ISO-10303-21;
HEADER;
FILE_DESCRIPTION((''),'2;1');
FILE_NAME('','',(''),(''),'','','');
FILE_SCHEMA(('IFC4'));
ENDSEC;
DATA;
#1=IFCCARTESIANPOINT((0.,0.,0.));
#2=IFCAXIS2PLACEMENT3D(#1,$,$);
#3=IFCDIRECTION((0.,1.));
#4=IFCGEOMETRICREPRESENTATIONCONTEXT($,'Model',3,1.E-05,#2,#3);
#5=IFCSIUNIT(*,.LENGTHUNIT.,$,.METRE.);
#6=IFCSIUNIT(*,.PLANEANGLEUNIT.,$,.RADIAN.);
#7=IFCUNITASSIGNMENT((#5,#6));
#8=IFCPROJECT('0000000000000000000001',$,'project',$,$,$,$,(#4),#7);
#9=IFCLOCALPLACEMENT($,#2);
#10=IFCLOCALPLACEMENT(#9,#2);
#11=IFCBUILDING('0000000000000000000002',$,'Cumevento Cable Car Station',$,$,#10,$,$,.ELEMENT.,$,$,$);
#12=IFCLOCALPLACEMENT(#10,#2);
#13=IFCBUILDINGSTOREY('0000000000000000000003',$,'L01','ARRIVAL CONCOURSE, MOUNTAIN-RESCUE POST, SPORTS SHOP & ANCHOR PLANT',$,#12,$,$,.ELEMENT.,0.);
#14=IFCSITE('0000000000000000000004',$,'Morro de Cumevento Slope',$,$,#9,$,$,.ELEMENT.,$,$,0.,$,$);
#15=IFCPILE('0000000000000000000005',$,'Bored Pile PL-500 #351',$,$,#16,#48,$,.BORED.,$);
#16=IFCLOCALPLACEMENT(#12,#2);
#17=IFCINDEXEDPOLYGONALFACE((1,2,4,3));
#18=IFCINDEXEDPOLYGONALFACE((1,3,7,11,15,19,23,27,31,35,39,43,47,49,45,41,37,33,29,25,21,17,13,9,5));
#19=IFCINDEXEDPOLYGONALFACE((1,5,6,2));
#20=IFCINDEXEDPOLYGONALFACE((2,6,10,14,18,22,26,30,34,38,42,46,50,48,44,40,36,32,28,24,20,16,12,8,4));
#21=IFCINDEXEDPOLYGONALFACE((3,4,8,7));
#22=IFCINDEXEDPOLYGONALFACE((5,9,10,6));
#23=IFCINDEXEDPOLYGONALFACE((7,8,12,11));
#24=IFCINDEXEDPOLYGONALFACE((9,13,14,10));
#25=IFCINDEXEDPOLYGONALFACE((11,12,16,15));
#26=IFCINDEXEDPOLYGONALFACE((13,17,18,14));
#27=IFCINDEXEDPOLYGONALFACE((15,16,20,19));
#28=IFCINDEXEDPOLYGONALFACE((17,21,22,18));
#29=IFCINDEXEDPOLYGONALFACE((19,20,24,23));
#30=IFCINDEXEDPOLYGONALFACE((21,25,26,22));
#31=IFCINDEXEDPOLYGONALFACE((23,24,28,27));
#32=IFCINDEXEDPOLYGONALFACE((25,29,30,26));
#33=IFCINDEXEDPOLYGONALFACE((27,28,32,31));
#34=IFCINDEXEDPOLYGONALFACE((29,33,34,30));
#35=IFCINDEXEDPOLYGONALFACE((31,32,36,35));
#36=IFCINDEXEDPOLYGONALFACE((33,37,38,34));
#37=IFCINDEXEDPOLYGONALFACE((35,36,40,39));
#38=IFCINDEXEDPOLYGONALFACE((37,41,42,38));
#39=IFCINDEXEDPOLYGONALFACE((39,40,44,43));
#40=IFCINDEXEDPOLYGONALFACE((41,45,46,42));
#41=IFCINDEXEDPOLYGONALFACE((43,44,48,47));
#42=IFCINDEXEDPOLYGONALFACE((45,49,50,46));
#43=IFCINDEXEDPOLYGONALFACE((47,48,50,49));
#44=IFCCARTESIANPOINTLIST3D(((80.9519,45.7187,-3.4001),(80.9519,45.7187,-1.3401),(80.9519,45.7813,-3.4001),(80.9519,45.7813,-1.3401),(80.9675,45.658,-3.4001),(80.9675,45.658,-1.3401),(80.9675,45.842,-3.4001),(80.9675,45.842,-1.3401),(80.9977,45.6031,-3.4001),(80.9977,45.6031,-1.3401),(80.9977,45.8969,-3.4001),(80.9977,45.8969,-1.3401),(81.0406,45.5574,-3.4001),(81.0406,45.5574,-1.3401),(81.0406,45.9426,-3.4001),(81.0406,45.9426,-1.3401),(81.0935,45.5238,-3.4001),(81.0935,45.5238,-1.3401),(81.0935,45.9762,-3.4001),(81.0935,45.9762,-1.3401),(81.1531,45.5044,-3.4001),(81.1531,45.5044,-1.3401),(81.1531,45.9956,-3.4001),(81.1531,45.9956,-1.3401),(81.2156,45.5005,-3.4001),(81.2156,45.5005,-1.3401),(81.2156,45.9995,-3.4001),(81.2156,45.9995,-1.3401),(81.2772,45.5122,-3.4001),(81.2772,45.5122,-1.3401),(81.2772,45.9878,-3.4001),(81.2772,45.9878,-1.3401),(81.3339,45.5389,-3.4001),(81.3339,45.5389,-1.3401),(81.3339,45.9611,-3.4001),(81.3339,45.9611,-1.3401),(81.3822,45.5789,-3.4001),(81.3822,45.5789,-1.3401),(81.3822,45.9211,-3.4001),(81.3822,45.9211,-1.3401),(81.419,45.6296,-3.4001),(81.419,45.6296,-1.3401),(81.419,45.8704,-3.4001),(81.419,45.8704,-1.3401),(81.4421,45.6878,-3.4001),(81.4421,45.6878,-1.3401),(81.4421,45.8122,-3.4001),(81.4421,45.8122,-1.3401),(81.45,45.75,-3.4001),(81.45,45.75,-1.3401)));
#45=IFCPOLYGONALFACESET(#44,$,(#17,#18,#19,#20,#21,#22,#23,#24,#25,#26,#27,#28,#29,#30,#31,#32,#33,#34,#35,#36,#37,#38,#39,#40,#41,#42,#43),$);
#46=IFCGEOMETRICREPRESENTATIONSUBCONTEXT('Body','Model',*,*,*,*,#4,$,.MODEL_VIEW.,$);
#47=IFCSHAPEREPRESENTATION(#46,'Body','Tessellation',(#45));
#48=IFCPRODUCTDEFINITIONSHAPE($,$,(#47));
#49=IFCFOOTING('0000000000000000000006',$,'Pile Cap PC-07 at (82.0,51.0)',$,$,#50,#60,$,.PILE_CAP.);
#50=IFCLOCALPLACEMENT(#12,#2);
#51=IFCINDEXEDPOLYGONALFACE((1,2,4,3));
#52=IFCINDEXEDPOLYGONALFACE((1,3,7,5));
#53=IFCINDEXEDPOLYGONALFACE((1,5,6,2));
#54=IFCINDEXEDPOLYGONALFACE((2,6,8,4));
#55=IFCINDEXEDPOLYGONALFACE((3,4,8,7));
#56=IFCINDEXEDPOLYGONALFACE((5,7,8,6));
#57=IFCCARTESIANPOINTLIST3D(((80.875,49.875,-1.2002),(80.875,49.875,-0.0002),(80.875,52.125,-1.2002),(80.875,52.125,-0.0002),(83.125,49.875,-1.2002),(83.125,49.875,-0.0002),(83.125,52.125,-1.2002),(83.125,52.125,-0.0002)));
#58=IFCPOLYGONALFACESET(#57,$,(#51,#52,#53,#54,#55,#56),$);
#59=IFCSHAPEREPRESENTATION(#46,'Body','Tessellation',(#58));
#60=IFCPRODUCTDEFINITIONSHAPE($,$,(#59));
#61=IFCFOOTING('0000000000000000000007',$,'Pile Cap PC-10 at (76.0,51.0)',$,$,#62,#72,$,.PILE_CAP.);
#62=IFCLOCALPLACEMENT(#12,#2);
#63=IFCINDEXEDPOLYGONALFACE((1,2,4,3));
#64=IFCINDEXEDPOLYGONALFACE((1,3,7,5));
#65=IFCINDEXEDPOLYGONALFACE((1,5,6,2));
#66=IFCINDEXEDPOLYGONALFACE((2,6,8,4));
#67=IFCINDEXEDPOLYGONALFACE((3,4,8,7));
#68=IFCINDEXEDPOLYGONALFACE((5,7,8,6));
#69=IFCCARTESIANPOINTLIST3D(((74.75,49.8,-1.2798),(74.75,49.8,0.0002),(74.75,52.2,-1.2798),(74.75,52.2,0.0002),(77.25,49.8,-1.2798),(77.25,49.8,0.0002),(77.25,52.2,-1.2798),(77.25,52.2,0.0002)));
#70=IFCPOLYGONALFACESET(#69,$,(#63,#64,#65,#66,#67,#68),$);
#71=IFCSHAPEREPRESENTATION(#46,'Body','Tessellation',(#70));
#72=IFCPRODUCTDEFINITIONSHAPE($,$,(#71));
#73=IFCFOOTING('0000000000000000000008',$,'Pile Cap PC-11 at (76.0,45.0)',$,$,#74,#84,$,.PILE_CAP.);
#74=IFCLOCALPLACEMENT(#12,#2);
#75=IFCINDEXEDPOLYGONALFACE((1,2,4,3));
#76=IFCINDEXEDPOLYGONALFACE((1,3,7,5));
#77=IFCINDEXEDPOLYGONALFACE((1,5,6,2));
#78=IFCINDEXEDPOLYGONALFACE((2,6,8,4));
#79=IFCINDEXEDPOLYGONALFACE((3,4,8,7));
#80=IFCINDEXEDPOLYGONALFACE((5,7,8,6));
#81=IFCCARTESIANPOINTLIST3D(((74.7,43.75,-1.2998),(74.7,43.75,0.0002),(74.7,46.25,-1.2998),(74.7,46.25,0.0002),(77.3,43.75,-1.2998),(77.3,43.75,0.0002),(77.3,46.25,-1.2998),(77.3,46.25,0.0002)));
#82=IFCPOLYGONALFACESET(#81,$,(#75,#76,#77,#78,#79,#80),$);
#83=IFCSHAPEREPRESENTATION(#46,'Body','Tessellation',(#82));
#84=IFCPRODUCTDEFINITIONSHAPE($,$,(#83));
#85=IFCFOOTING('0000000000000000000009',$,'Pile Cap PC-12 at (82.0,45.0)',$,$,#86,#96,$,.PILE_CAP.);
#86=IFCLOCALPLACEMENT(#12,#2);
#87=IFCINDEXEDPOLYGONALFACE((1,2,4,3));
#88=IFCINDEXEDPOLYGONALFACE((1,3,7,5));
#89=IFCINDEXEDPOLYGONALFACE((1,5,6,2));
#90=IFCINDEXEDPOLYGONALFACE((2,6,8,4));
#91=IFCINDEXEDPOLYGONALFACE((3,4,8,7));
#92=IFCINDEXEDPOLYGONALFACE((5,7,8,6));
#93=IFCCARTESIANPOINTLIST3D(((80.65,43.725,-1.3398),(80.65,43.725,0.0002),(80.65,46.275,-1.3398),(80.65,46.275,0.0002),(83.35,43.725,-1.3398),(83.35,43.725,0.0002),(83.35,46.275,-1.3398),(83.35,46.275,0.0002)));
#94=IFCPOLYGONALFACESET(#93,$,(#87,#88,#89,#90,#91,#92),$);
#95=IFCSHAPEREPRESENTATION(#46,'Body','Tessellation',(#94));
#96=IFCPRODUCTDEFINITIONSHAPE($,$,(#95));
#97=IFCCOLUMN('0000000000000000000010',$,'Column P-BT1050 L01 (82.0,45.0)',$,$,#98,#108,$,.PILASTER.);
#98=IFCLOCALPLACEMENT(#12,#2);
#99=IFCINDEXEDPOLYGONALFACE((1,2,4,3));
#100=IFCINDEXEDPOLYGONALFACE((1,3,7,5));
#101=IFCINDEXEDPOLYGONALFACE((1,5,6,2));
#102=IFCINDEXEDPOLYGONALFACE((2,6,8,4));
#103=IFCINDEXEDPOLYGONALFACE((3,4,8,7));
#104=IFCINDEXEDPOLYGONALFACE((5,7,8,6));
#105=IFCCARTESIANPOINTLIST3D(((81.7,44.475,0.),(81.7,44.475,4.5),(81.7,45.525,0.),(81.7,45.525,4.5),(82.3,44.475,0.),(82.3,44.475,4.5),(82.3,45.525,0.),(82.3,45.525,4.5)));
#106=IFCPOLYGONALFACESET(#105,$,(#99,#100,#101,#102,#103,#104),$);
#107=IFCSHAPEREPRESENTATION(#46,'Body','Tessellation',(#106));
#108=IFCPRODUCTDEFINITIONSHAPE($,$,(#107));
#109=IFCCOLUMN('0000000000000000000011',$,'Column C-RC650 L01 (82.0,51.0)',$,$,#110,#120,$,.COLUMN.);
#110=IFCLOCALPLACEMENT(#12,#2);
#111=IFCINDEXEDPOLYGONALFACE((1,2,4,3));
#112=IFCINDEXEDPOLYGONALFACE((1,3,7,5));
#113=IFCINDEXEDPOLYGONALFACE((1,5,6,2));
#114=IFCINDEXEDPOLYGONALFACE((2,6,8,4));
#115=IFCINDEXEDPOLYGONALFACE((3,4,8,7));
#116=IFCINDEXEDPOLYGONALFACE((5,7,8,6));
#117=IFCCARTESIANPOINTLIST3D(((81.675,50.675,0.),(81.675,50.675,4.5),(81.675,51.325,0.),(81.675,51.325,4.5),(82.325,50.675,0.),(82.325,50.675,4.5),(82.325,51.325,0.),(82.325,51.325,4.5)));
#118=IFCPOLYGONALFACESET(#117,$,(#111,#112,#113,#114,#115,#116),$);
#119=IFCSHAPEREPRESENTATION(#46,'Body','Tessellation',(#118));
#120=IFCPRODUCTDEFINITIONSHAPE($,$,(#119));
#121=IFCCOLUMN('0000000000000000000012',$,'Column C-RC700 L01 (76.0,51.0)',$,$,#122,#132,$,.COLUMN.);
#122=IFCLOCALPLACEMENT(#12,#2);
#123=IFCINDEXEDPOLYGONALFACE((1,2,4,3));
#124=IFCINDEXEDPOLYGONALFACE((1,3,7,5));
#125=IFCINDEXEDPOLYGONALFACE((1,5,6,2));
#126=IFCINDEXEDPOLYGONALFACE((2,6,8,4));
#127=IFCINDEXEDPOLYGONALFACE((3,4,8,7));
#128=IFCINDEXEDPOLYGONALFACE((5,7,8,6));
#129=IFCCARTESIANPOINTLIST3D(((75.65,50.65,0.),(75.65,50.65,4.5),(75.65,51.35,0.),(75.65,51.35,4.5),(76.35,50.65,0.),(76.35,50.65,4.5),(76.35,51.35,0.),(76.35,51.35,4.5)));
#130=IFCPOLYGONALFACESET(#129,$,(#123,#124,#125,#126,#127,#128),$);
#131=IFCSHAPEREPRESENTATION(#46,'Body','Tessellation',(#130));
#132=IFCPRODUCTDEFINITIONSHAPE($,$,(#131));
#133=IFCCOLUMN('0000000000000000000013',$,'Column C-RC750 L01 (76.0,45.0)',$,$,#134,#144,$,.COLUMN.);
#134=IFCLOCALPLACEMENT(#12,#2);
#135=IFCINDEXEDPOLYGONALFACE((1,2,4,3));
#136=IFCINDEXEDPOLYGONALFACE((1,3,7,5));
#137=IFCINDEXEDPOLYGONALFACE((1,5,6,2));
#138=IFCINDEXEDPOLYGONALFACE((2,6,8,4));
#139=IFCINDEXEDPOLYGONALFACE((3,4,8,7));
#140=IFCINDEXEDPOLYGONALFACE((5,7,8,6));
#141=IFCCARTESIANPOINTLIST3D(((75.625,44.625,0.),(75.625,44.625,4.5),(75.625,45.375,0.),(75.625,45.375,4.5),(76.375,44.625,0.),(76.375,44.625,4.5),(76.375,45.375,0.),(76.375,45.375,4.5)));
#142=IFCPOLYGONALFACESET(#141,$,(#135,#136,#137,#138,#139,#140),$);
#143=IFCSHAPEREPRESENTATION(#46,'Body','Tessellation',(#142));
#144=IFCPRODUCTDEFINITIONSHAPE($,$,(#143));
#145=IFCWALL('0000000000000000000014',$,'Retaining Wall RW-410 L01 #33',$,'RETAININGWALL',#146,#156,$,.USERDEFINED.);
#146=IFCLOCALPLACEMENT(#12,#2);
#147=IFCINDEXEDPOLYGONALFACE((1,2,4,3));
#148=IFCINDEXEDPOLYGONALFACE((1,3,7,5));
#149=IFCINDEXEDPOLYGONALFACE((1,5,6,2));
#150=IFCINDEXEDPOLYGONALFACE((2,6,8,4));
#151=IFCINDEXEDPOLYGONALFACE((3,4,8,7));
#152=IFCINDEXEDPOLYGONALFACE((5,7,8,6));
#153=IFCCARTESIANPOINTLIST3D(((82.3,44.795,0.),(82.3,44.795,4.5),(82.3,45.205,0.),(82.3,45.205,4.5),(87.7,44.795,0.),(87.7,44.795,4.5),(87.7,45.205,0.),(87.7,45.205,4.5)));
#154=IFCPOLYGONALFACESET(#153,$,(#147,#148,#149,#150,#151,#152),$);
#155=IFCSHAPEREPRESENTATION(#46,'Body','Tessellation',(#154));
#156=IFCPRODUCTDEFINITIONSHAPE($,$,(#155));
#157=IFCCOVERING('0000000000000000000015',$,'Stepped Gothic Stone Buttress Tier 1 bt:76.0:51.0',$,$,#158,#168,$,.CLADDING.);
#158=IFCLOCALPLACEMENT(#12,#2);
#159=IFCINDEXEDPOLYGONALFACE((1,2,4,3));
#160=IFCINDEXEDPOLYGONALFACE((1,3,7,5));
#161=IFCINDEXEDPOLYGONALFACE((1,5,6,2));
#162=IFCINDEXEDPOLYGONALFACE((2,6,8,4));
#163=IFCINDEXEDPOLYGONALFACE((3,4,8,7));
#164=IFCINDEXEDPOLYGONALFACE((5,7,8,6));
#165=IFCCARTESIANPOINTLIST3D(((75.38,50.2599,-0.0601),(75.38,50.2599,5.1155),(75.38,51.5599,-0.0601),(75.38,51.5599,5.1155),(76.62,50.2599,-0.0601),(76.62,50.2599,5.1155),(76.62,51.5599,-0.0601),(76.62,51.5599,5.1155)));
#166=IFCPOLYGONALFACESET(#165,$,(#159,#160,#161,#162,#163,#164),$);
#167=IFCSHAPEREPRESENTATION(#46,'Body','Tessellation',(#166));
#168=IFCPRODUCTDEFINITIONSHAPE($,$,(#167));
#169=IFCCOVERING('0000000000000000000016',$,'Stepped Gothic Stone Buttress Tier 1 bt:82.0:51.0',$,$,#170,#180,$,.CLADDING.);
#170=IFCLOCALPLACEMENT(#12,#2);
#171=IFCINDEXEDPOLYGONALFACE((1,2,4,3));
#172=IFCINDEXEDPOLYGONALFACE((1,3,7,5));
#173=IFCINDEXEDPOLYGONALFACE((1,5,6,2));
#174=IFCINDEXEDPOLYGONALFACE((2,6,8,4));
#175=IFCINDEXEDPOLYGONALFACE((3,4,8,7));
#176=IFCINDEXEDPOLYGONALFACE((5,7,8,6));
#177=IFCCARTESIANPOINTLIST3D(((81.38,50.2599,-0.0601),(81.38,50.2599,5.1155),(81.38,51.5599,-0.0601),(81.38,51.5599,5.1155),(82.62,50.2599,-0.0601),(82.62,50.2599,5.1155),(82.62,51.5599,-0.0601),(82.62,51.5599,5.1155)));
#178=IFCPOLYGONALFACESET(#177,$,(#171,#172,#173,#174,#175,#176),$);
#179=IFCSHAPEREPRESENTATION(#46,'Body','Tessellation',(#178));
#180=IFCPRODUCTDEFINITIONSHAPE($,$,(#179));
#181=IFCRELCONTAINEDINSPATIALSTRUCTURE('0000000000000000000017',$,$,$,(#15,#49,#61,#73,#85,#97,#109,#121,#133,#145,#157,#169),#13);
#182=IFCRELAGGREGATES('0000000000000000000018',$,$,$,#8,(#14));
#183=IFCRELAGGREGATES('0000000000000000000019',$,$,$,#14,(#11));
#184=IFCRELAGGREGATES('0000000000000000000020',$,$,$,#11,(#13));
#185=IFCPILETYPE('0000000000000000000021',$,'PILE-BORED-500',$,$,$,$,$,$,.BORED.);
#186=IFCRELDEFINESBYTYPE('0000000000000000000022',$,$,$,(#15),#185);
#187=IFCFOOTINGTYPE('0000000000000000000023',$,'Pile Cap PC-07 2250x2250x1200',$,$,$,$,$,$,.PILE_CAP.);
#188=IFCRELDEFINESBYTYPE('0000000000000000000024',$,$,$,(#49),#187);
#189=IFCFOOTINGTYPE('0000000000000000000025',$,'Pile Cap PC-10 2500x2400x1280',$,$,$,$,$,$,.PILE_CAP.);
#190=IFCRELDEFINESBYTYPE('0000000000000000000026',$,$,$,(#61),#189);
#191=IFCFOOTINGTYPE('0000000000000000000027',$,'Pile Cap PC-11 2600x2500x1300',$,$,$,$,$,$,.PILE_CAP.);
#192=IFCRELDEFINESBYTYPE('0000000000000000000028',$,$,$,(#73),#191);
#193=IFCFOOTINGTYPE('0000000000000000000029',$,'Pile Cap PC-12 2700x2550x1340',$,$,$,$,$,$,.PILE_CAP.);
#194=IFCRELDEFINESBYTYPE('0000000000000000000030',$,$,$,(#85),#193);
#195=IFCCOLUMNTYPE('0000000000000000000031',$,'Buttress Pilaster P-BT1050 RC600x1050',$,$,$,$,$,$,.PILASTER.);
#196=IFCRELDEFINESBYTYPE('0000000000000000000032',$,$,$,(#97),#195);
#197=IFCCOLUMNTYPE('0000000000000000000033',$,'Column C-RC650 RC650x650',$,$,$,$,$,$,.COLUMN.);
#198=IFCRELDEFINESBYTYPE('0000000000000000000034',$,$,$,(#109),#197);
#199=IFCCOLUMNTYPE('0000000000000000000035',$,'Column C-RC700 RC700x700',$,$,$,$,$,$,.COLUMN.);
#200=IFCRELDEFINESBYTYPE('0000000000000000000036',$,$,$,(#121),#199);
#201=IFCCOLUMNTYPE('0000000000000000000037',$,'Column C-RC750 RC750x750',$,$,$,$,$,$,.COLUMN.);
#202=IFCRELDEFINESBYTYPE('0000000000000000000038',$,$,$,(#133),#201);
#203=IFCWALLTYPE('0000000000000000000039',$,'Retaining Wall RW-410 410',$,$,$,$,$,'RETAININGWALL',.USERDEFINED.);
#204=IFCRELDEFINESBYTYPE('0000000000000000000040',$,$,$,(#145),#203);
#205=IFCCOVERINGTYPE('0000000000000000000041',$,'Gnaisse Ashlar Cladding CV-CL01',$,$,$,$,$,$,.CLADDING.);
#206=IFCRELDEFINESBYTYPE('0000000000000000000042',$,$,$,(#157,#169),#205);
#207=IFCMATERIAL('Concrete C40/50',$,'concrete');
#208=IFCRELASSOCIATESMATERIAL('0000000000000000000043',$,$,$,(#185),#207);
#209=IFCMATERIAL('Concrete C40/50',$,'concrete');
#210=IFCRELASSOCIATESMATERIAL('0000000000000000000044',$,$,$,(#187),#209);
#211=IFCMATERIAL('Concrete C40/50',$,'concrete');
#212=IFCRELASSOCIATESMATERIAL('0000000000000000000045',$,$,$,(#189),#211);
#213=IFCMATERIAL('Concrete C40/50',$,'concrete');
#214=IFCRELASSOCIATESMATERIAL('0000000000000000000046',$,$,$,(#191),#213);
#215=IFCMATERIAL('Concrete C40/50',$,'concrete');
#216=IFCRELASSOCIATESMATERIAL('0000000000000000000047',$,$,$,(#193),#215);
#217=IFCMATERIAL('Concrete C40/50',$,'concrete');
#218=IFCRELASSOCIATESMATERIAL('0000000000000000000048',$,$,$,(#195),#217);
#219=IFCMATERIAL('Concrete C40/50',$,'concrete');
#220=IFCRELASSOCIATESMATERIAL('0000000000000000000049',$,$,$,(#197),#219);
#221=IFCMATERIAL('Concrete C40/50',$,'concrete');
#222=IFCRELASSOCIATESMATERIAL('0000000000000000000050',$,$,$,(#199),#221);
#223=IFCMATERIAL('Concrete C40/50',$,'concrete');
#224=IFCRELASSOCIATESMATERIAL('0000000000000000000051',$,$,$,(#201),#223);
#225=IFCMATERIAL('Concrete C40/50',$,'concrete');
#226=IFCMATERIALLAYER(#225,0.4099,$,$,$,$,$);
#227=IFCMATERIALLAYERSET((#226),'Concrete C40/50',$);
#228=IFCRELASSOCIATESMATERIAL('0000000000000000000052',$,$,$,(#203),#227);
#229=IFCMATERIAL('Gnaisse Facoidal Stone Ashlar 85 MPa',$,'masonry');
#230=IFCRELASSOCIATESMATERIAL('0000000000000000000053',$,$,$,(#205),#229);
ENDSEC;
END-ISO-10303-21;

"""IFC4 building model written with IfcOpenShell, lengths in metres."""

from ifc_helpers import new_model, si_unit, direction, frame, frame_2d, origin, origin_2d, place, context, subcontext, project, spatial, rectangle, circle, extrude, material, layer, layer_set, material_profile, profile_set, type_object, element, save


model = new_model("IFC4")

# Units and contexts
model_context = context("Model", 3, precision=1e-05, world=origin(), true_north=direction((0.0, 1.0)))
body_context = subcontext(model_context, "Body", "Model", "MODEL_VIEW")
ifc_project = project(units=[si_unit("LENGTHUNIT", "METRE"), si_unit("PLANEANGLEUNIT", "RADIAN")], contexts=[model_context])

# Site, building, storey
site_placement = place(None, origin())
site = spatial("IfcSite", under=ifc_project, at=site_placement, Name="Morro de Cumevento Slope", CompositionType="ELEMENT", RefElevation=0.0)
building_placement = place(site_placement, origin())
building = spatial("IfcBuilding", under=site, at=building_placement, Name="Cumevento Cable Car Station", CompositionType="ELEMENT")
storey_placement = place(building_placement, origin())
storey = spatial("IfcBuildingStorey", under=building, at=storey_placement, Name="L01", Description="ARRIVAL CONCOURSE, MOUNTAIN-RESCUE POST, SPORTS SHOP & ANCHOR PLANT", CompositionType="ELEMENT", Elevation=0.0)

# Pile
ifc_material_1 = material(Name="Concrete C40/50", Category="concrete")
ifc_material_profile_1 = material_profile(ifc_material_1, circle(Radius=0.25, at=origin_2d()), Name="PILE-D500")
ifc_profile_set_1 = profile_set([ifc_material_profile_1], Name="Concrete C40/50")
pile_type_1 = type_object("IfcPileType", Name="PILE-BORED-500", PredefinedType="BORED", material=ifc_profile_set_1)
pile_placement = place(storey_placement, frame((81.2, 45.75, -1.3401), z_axis=(0.0, 0.0, -1.0), x_axis=(1.0, 0.0, 0.0)))
element("IfcPile", 1, at=pile_placement, inside=storey, type_object=pile_type_1, Name="Bored Pile PL-500 #351", PredefinedType="BORED", context=body_context, shape_type="SweptSolid", body=[
    extrude(circle(Radius=0.25, at=origin_2d()), origin(), (0.0, 0.0, 1.0), 2.0601),
])

# Footings
ifc_material_2 = material(Name="Concrete C40/50", Category="concrete")
footing_type_1 = type_object("IfcFootingType", Name="Pile Cap PC-07 2250x2250x1200", PredefinedType="PILE_CAP", material=ifc_material_2)
footing_1_placement = place(storey_placement, frame((82.0, 51.0, -1.2002), z_axis=(0.0, 0.0, 1.0), x_axis=(1.0, 0.0, 0.0)))
element("IfcFooting", 2, at=footing_1_placement, inside=storey, type_object=footing_type_1, Name="Pile Cap PC-07 at (82.0,51.0)", PredefinedType="PILE_CAP", context=body_context, shape_type="SweptSolid", body=[
    extrude(rectangle(XDim=2.25, YDim=2.25, at=origin_2d()), origin(), (0.0, 0.0, 1.0), 1.2),
])
ifc_material_3 = material(Name="Concrete C40/50", Category="concrete")
footing_type_2 = type_object("IfcFootingType", Name="Pile Cap PC-10 2500x2400x1280", PredefinedType="PILE_CAP", material=ifc_material_3)
footing_2_placement = place(storey_placement, frame((76.0, 51.0, -1.2798), z_axis=(0.0, 0.0, 1.0), x_axis=(1.0, 0.0, 0.0)))
element("IfcFooting", 3, at=footing_2_placement, inside=storey, type_object=footing_type_2, Name="Pile Cap PC-10 at (76.0,51.0)", PredefinedType="PILE_CAP", context=body_context, shape_type="SweptSolid", body=[
    extrude(rectangle(XDim=2.5, YDim=2.3999, at=origin_2d()), origin(), (0.0, 0.0, 1.0), 1.28),
])
ifc_material_4 = material(Name="Concrete C40/50", Category="concrete")
footing_type_3 = type_object("IfcFootingType", Name="Pile Cap PC-11 2600x2500x1300", PredefinedType="PILE_CAP", material=ifc_material_4)
footing_3_placement = place(storey_placement, frame((76.0, 45.0, -1.2998), z_axis=(0.0, 0.0, 1.0), x_axis=(1.0, 0.0, 0.0)))
element("IfcFooting", 4, at=footing_3_placement, inside=storey, type_object=footing_type_3, Name="Pile Cap PC-11 at (76.0,45.0)", PredefinedType="PILE_CAP", context=body_context, shape_type="SweptSolid", body=[
    extrude(rectangle(XDim=2.6001, YDim=2.5, at=origin_2d()), origin(), (0.0, 0.0, 1.0), 1.3),
])
ifc_material_5 = material(Name="Concrete C40/50", Category="concrete")
footing_type_4 = type_object("IfcFootingType", Name="Pile Cap PC-12 2700x2550x1340", PredefinedType="PILE_CAP", material=ifc_material_5)
footing_4_placement = place(storey_placement, frame((82.0, 45.0, -1.3398), z_axis=(0.0, 0.0, 1.0), x_axis=(1.0, 0.0, 0.0)))
element("IfcFooting", 5, at=footing_4_placement, inside=storey, type_object=footing_type_4, Name="Pile Cap PC-12 at (82.0,45.0)", PredefinedType="PILE_CAP", context=body_context, shape_type="SweptSolid", body=[
    extrude(rectangle(XDim=2.7, YDim=2.55, at=origin_2d()), origin(), (0.0, 0.0, 1.0), 1.3401),
])

# Columns
ifc_material_6 = material(Name="Concrete C40/50", Category="concrete")
ifc_material_profile_2 = material_profile(ifc_material_6, rectangle(XDim=0.6001, YDim=1.05, at=origin_2d()), Name="RC600x1050")
ifc_profile_set_2 = profile_set([ifc_material_profile_2], Name="Concrete C40/50")
column_type_1 = type_object("IfcColumnType", Name="Buttress Pilaster P-BT1050 RC600x1050", PredefinedType="PILASTER", material=ifc_profile_set_2)
column_1_placement = place(storey_placement, frame((82.0, 45.0, 0.0), z_axis=(0.0, 0.0, 1.0), x_axis=(1.0, 0.0, 0.0)))
element("IfcColumn", 6, at=column_1_placement, inside=storey, type_object=column_type_1, Name="Column P-BT1050 L01 (82.0,45.0)", PredefinedType="PILASTER", context=body_context, shape_type="SweptSolid", body=[
    extrude(rectangle(XDim=0.6001, YDim=1.05, at=origin_2d()), origin(), (0.0, 0.0, 1.0), 4.5),
])
ifc_material_7 = material(Name="Concrete C40/50", Category="concrete")
ifc_material_profile_3 = material_profile(ifc_material_7, rectangle(XDim=0.6499, YDim=0.6499, at=origin_2d()), Name="RC650x650")
ifc_profile_set_3 = profile_set([ifc_material_profile_3], Name="Concrete C40/50")
column_type_2 = type_object("IfcColumnType", Name="Column C-RC650 RC650x650", PredefinedType="COLUMN", material=ifc_profile_set_3)
column_2_placement = place(storey_placement, frame((82.0, 51.0, 0.0), z_axis=(0.0, 0.0, 1.0), x_axis=(1.0, 0.0, 0.0)))
element("IfcColumn", 7, at=column_2_placement, inside=storey, type_object=column_type_2, Name="Column C-RC650 L01 (82.0,51.0)", PredefinedType="COLUMN", context=body_context, shape_type="SweptSolid", body=[
    extrude(rectangle(XDim=0.6499, YDim=0.6499, at=origin_2d()), origin(), (0.0, 0.0, 1.0), 4.5),
])
ifc_material_8 = material(Name="Concrete C40/50", Category="concrete")
ifc_material_profile_4 = material_profile(ifc_material_8, rectangle(XDim=0.7, YDim=0.7, at=origin_2d()), Name="RC700x700")
ifc_profile_set_4 = profile_set([ifc_material_profile_4], Name="Concrete C40/50")
column_type_3 = type_object("IfcColumnType", Name="Column C-RC700 RC700x700", PredefinedType="COLUMN", material=ifc_profile_set_4)
column_3_placement = place(storey_placement, frame((76.0, 51.0, 0.0), z_axis=(0.0, 0.0, 1.0), x_axis=(1.0, 0.0, 0.0)))
element("IfcColumn", 8, at=column_3_placement, inside=storey, type_object=column_type_3, Name="Column C-RC700 L01 (76.0,51.0)", PredefinedType="COLUMN", context=body_context, shape_type="SweptSolid", body=[
    extrude(rectangle(XDim=0.7, YDim=0.7, at=origin_2d()), origin(), (0.0, 0.0, 1.0), 4.5),
])
ifc_material_9 = material(Name="Concrete C40/50", Category="concrete")
ifc_material_profile_5 = material_profile(ifc_material_9, rectangle(XDim=0.75, YDim=0.75, at=origin_2d()), Name="RC750x750")
ifc_profile_set_5 = profile_set([ifc_material_profile_5], Name="Concrete C40/50")
column_type_4 = type_object("IfcColumnType", Name="Column C-RC750 RC750x750", PredefinedType="COLUMN", material=ifc_profile_set_5)
column_4_placement = place(storey_placement, frame((76.0, 45.0, 0.0), z_axis=(0.0, 0.0, 1.0), x_axis=(1.0, 0.0, 0.0)))
element("IfcColumn", 9, at=column_4_placement, inside=storey, type_object=column_type_4, Name="Column C-RC750 L01 (76.0,45.0)", PredefinedType="COLUMN", context=body_context, shape_type="SweptSolid", body=[
    extrude(rectangle(XDim=0.75, YDim=0.75, at=origin_2d()), origin(), (0.0, 0.0, 1.0), 4.5),
])

# Wall
ifc_material_10 = material(Name="Concrete C40/50", Category="concrete")
ifc_layer = layer(ifc_material_10, 0.4099)
ifc_layer_set = layer_set([ifc_layer], Name="Concrete C40/50")
wall_type = type_object("IfcWallType", Name="Retaining Wall RW-410 410", ElementType="RETAININGWALL", PredefinedType="USERDEFINED", material=ifc_layer_set)
wall_placement = place(storey_placement, frame((82.3, 45.0, 0.0), z_axis=(0.0, 0.0, 1.0), x_axis=(1.0, 0.0, 0.0)))
element("IfcWall", 10, at=wall_placement, inside=storey, type_object=wall_type, Name="Retaining Wall RW-410 L01 #33", ObjectType="RETAININGWALL", PredefinedType="USERDEFINED", context=body_context, shape_type="SweptSolid", body=[
    extrude(rectangle(XDim=5.3999, YDim=0.4099, at=frame_2d((2.7, 0.0))), origin(), (0.0, 0.0, 1.0), 4.5),
])

# Coverings
ifc_material_11 = material(Name="Gnaisse Facoidal Stone Ashlar 85 MPa", Category="masonry")
covering_type = type_object("IfcCoveringType", Name="Gnaisse Ashlar Cladding CV-CL01", PredefinedType="CLADDING", material=ifc_material_11)
for number, where, z_axis, x_axis, name in (
    (11, (76.0, 50.9099, -0.0601), (0.0, 0.0, 1.0), (1.0, 0.0, 0.0), "Stepped Gothic Stone Buttress Tier 1 bt:76.0:51.0"),
    (12, (82.0, 50.9099, -0.0601), (0.0, 0.0, 1.0), (1.0, 0.0, 0.0), "Stepped Gothic Stone Buttress Tier 1 bt:82.0:51.0"),
):
    element("IfcCovering", number, at=place(storey_placement, frame(where, z_axis=z_axis, x_axis=x_axis)), inside=storey, type_object=covering_type, Name=name, PredefinedType="CLADDING", context=body_context, shape_type="SweptSolid", body=[
        extrude(rectangle(XDim=1.24, YDim=1.3, at=origin_2d()), origin(), (0.0, 0.0, 1.0), 5.1755),
    ])

save(model, "model.ifc")
